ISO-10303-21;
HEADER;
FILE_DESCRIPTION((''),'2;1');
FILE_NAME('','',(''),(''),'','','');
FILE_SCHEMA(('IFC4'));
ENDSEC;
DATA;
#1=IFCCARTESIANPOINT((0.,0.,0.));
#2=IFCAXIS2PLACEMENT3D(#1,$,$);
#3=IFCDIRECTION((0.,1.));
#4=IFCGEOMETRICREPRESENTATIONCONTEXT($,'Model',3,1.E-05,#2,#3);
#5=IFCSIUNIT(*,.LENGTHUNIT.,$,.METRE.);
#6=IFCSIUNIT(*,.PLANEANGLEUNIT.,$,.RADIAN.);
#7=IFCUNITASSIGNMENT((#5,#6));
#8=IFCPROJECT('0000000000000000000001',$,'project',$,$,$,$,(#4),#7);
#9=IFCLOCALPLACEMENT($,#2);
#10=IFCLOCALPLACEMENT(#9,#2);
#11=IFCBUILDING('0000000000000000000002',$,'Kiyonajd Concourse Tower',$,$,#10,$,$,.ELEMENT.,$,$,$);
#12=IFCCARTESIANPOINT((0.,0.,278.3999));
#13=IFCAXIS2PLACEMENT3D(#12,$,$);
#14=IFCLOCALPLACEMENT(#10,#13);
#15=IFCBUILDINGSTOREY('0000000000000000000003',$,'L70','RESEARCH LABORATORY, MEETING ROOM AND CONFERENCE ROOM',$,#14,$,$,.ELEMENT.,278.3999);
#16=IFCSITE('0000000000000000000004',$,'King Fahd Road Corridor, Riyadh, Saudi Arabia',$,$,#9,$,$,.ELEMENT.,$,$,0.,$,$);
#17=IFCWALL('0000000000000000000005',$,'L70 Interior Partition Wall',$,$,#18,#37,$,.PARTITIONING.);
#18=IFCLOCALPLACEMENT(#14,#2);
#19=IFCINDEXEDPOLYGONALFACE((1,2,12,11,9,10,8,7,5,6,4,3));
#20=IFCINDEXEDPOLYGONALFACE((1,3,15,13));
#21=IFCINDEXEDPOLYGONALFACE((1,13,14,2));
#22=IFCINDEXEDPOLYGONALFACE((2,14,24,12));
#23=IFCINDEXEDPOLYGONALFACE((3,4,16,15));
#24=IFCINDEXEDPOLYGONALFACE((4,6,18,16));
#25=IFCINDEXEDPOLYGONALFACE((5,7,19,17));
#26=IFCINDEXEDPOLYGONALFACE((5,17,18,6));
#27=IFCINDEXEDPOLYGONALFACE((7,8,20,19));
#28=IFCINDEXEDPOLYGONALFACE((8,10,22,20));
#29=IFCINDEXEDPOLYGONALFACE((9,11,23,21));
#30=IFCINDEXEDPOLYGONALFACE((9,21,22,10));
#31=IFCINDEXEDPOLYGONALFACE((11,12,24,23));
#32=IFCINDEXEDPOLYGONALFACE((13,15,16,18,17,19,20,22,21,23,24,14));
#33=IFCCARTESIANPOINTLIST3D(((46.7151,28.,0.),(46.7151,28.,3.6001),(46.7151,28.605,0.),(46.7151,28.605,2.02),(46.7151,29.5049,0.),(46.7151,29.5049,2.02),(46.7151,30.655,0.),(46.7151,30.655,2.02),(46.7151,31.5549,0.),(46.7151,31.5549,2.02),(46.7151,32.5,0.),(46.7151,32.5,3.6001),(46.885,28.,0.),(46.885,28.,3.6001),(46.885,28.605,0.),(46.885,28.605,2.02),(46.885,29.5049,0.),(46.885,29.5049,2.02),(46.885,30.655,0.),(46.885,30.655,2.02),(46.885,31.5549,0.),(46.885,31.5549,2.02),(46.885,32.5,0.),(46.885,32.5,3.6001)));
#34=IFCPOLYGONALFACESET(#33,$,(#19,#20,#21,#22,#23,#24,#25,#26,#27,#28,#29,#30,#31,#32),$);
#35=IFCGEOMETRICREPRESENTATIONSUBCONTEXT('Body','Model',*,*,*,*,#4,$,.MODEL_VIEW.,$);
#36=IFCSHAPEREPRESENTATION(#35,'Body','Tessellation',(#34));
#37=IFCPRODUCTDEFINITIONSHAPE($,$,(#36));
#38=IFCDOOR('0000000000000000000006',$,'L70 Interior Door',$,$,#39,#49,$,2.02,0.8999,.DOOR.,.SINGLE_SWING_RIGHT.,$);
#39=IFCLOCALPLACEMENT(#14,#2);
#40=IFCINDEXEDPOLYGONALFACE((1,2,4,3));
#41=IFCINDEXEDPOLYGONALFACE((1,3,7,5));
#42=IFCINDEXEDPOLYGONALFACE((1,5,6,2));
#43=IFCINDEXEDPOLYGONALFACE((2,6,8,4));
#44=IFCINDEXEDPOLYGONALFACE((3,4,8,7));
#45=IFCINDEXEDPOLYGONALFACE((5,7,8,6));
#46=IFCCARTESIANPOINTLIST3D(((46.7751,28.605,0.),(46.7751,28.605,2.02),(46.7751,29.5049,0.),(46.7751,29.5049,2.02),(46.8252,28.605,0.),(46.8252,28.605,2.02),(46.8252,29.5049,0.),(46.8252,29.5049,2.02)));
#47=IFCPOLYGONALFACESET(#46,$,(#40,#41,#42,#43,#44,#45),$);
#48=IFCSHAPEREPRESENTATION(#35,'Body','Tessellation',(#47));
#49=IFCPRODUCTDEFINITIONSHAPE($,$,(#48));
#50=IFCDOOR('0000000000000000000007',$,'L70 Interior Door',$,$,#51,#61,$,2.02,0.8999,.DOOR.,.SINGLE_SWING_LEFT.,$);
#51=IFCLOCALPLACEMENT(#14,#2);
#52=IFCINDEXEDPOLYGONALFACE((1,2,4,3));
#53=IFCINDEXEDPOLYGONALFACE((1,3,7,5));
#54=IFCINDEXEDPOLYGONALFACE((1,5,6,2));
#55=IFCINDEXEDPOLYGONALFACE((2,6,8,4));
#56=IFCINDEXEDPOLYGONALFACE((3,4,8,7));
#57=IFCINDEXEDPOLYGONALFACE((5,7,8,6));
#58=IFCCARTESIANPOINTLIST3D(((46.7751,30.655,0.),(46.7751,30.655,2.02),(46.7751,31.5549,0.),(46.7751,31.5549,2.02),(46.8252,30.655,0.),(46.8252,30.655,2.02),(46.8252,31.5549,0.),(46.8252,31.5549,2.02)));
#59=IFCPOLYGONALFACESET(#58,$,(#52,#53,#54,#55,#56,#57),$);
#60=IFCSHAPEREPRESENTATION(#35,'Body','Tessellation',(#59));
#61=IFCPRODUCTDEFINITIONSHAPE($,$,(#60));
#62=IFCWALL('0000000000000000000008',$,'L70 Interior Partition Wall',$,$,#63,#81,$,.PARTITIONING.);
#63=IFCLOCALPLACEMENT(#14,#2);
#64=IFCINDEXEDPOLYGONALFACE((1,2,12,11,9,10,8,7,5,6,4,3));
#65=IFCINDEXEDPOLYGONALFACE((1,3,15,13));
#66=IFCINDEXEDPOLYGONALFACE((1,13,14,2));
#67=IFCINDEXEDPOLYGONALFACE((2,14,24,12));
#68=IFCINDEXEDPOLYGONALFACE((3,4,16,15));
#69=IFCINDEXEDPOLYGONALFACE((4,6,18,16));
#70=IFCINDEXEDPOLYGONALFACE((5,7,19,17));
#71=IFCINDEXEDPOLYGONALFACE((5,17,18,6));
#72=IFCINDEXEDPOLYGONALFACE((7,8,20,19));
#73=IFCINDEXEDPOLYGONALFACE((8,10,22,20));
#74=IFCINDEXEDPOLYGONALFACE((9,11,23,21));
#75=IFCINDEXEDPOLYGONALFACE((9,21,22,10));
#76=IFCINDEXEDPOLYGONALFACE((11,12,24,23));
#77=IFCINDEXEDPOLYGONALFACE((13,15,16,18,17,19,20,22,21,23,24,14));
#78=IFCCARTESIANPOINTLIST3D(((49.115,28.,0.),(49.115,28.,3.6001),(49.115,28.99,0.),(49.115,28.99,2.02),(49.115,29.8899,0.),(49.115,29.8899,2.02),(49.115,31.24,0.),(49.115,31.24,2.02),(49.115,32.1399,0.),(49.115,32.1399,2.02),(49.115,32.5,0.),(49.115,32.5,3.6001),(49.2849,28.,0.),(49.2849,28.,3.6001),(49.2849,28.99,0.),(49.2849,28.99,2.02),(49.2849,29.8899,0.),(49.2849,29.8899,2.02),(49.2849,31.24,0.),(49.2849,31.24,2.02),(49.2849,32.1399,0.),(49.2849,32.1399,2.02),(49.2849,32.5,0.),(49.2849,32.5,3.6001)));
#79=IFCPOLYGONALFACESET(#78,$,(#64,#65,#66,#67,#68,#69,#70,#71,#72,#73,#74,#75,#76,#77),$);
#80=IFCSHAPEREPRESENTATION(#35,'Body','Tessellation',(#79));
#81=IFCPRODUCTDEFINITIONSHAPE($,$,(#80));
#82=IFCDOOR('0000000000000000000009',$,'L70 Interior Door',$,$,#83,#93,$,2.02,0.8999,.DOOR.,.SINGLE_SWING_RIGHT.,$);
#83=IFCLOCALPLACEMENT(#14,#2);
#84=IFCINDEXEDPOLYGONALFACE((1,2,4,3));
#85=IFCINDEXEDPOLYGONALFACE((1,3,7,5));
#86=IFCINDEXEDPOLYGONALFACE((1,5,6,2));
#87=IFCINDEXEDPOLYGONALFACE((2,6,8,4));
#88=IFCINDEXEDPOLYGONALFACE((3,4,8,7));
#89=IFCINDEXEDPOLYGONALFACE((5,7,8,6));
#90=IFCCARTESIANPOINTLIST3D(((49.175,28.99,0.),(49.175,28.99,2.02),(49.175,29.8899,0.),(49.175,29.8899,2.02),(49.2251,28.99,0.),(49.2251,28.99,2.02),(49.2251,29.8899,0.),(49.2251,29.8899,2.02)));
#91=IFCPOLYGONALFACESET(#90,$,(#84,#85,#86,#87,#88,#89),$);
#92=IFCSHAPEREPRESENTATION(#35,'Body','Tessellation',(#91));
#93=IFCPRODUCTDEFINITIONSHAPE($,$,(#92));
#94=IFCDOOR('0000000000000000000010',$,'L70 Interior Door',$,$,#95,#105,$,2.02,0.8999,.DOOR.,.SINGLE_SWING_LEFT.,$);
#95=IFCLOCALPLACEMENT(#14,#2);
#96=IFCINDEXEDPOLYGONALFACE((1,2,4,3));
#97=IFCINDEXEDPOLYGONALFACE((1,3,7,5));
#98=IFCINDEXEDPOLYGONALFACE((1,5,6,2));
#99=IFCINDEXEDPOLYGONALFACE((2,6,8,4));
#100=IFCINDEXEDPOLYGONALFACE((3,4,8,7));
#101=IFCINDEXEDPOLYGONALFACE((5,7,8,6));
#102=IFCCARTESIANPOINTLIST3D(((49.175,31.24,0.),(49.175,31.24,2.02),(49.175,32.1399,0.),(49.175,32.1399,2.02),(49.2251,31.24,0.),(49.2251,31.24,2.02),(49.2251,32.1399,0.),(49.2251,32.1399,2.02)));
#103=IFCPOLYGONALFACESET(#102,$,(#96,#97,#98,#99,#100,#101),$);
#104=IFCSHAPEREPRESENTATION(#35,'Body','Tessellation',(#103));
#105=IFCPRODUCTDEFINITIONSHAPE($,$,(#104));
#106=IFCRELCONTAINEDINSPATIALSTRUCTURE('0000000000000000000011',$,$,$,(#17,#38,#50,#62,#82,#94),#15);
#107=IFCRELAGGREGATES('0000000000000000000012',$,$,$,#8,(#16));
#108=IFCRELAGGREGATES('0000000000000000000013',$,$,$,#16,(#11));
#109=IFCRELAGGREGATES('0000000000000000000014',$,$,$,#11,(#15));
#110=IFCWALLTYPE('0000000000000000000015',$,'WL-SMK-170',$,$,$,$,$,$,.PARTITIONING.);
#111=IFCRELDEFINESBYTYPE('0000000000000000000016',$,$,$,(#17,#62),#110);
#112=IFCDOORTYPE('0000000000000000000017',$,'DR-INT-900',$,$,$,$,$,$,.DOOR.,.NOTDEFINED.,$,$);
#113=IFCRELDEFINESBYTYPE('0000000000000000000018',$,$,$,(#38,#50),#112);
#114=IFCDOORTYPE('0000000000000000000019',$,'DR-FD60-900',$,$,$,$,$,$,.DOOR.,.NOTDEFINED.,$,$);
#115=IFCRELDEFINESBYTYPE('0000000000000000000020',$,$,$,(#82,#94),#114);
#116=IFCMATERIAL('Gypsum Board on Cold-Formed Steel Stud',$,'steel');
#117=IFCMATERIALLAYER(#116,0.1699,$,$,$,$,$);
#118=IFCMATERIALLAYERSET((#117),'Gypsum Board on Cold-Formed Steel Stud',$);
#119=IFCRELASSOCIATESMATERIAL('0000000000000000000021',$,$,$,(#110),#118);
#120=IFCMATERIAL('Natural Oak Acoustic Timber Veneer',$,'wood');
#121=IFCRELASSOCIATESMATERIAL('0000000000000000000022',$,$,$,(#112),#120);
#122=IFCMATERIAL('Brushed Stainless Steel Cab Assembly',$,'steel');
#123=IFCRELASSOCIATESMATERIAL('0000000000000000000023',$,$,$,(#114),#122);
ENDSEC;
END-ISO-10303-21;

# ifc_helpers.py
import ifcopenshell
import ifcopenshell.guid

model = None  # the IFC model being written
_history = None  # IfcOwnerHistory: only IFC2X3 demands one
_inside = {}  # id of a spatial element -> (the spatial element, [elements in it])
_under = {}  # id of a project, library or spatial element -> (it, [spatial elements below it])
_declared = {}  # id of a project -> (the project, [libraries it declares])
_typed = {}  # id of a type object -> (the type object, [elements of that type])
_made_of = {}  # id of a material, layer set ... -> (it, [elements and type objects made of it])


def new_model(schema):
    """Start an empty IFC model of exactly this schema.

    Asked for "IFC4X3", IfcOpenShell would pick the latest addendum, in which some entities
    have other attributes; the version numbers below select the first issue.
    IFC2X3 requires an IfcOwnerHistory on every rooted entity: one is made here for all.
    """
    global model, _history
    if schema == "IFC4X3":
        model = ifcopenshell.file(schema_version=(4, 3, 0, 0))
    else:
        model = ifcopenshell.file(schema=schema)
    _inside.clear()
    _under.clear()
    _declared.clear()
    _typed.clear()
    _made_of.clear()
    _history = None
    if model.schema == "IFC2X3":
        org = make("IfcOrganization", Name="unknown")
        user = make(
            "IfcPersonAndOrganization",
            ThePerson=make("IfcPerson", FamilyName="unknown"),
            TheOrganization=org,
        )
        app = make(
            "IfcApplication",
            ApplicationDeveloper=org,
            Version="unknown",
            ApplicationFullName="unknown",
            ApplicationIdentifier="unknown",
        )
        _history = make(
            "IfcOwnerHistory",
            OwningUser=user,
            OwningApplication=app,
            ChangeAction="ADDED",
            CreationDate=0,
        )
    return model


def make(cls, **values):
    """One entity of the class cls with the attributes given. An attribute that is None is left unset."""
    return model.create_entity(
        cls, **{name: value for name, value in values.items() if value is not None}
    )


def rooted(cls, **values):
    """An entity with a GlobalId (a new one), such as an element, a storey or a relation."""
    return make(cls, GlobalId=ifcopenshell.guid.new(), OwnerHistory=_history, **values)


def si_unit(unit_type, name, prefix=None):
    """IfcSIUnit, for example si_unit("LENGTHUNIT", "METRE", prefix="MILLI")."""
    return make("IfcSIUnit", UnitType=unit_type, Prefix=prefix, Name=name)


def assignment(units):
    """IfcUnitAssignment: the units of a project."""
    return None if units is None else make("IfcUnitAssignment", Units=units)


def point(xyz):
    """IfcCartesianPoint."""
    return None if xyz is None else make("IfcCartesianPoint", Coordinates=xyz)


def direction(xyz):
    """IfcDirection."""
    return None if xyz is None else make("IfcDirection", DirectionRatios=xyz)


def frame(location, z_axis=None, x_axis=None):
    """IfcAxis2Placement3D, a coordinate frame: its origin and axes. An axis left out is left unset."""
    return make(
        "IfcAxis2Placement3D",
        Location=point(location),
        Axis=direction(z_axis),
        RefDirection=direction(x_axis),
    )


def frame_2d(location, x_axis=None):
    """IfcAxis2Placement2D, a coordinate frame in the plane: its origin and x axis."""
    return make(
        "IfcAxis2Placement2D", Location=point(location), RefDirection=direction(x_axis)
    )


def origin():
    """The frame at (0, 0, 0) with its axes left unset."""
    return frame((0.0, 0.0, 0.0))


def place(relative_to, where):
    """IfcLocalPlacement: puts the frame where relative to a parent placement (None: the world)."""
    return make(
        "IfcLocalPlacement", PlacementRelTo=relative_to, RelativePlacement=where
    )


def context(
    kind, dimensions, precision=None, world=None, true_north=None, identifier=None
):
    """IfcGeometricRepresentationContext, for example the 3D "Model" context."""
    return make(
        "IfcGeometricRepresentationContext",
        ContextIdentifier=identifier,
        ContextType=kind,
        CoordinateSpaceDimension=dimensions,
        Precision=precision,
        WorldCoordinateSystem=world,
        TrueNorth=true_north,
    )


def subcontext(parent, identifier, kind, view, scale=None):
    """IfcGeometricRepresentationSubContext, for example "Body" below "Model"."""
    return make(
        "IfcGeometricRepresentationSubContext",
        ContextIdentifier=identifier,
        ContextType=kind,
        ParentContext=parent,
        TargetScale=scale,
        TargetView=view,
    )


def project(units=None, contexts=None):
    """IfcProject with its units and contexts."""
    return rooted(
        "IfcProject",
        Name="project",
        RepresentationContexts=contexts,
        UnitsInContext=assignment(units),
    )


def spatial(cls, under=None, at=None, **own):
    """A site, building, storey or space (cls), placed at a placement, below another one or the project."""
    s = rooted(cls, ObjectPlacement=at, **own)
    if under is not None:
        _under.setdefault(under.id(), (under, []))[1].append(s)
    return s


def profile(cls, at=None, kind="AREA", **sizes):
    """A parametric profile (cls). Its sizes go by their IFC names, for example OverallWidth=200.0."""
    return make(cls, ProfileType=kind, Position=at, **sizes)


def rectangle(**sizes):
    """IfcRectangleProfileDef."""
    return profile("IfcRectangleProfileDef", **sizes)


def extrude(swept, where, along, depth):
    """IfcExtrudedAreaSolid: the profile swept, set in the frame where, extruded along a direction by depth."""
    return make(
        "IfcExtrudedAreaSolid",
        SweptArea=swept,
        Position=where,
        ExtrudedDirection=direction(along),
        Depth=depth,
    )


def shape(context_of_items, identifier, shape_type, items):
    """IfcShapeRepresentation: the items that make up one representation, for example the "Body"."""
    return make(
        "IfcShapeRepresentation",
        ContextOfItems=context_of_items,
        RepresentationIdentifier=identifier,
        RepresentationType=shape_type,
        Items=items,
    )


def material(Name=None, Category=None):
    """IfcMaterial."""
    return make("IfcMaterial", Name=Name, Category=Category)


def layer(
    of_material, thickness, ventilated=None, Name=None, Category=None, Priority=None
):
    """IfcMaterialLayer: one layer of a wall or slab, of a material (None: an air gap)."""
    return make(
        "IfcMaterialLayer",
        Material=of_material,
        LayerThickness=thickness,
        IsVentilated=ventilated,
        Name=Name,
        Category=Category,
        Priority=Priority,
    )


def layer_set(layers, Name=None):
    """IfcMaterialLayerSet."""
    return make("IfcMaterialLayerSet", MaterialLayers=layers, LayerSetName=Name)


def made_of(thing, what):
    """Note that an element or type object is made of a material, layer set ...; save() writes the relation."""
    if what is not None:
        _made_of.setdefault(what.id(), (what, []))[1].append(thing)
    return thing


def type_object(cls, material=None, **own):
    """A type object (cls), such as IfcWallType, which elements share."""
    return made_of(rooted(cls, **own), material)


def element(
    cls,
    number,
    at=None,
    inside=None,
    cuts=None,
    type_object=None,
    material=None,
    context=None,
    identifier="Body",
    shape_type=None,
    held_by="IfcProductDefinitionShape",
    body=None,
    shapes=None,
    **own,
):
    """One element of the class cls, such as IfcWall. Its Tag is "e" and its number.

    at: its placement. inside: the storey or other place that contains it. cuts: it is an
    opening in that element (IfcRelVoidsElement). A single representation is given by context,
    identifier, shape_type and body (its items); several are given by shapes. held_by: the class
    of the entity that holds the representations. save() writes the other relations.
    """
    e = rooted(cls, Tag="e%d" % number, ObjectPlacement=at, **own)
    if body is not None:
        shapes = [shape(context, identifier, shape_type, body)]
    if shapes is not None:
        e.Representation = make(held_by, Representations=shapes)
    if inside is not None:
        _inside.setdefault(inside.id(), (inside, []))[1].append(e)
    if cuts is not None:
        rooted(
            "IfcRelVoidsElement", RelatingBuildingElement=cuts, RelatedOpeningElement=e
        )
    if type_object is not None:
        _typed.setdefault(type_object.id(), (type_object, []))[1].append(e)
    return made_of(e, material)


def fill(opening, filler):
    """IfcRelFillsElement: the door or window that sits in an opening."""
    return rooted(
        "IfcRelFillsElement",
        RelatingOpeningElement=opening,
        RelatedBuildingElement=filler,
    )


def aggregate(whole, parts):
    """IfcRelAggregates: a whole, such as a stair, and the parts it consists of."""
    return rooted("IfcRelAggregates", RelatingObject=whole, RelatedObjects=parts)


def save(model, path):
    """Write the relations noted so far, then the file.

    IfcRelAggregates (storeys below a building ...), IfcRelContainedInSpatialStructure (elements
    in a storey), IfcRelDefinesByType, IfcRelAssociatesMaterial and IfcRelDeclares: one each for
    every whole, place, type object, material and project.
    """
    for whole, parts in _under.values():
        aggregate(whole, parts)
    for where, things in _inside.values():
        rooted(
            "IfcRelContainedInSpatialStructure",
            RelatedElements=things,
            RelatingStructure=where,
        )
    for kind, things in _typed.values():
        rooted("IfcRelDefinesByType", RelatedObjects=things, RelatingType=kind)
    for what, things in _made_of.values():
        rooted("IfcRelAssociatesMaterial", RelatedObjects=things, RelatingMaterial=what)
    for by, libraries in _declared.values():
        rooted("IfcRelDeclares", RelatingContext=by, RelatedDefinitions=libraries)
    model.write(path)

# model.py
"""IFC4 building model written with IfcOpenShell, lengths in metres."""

from ifc_helpers import new_model, si_unit, direction, frame, frame_2d, origin, place, context, subcontext, project, spatial, rectangle, extrude, material, layer, layer_set, type_object, element, fill, save


model = new_model("IFC4")

# Units and contexts
model_context = context("Model", 3, precision=1e-05, world=origin(), true_north=direction((0.0, 1.0)))
body_context = subcontext(model_context, "Body", "Model", "MODEL_VIEW")
ifc_project = project(units=[si_unit("LENGTHUNIT", "METRE"), si_unit("PLANEANGLEUNIT", "RADIAN")], contexts=[model_context])

# Site, building, storey
site_placement = place(None, origin())
site = spatial("IfcSite", under=ifc_project, at=site_placement, Name="King Fahd Road Corridor, Riyadh, Saudi Arabia", CompositionType="ELEMENT", RefElevation=0.0)
building_placement = place(site_placement, origin())
building = spatial("IfcBuilding", under=site, at=building_placement, Name="Kiyonajd Concourse Tower", CompositionType="ELEMENT")
storey_placement = place(building_placement, frame((0.0, 0.0, 278.3999)))
storey = spatial("IfcBuildingStorey", under=building, at=storey_placement, Name="L70", Description="RESEARCH LABORATORY, MEETING ROOM AND CONFERENCE ROOM", CompositionType="ELEMENT", Elevation=278.3999)

# Shared definitions
ifc_material_1 = material(Name="Brushed Stainless Steel Cab Assembly", Category="steel")

# Walls, openings, doors
ifc_material_2 = material(Name="Gypsum Board on Cold-Formed Steel Stud", Category="steel")
ifc_layer_1 = layer(ifc_material_2, 0.1699)
ifc_layer_set_1 = layer_set([ifc_layer_1], Name="Gypsum Board on Cold-Formed Steel Stud")
wall_type_1 = type_object("IfcWallType", Name="WL-SMK-170", PredefinedType="PARTITIONING", material=ifc_layer_set_1)
wall_1_placement = place(storey_placement, frame((46.8, 28.0, 0.0), z_axis=(0.0, 0.0, 1.0), x_axis=(0.0, 1.0, 0.0)))
wall_1 = element("IfcWall", 1, at=wall_1_placement, inside=storey, type_object=wall_type_1, Name="L70 Interior Partition Wall", PredefinedType="PARTITIONING", context=body_context, shape_type="SweptSolid", body=[
    extrude(rectangle(XDim=4.5, YDim=0.1699, at=frame_2d((2.25, 0.0))), origin(), (0.0, 0.0, 1.0), 3.6001),
])
opening_1_placement = place(wall_1_placement, frame((0.605, 0.0, 0.0)))
opening_1 = element("IfcOpeningElement", 2, at=opening_1_placement, cuts=wall_1, PredefinedType="OPENING", context=body_context, shape_type="SweptSolid", body=[
    extrude(rectangle(XDim=0.8999, YDim=2.02, at=frame_2d((0.45, 1.01))), frame((0.0, 0.095, 0.0), z_axis=(0.0, -1.0, 0.0), x_axis=(1.0, 0.0, 0.0)), (0.0, 0.0, 1.0), 0.1899),
])
opening_2_placement = place(wall_1_placement, frame((2.655, 0.0, 0.0)))
opening_2 = element("IfcOpeningElement", 3, at=opening_2_placement, cuts=wall_1, PredefinedType="OPENING", context=body_context, shape_type="SweptSolid", body=[
    extrude(rectangle(XDim=0.8999, YDim=2.02, at=frame_2d((0.45, 1.01))), frame((0.0, 0.095, 0.0), z_axis=(0.0, -1.0, 0.0), x_axis=(1.0, 0.0, 0.0)), (0.0, 0.0, 1.0), 0.1899),
])
ifc_material_3 = material(Name="Natural Oak Acoustic Timber Veneer", Category="wood")
door_type_1 = type_object("IfcDoorType", Name="DR-INT-900", OperationType="NOTDEFINED", PredefinedType="DOOR", material=ifc_material_3)
door_1_placement = place(opening_1_placement, origin())
door_1 = element("IfcDoor", 4, at=door_1_placement, inside=storey, type_object=door_type_1, Name="L70 Interior Door", OperationType="SINGLE_SWING_RIGHT", OverallHeight=2.02, OverallWidth=0.8999, PredefinedType="DOOR", context=body_context, shape_type="SweptSolid", body=[
    extrude(rectangle(XDim=0.8999, YDim=2.02, at=frame_2d((0.45, 1.01))), frame((0.0, 0.0249, 0.0), z_axis=(0.0, -1.0, 0.0), x_axis=(1.0, 0.0, 0.0)), (0.0, 0.0, 1.0), 0.05),
])
fill(opening_1, door_1)
door_2_placement = place(opening_2_placement, origin())
door_2 = element("IfcDoor", 5, at=door_2_placement, inside=storey, type_object=door_type_1, Name="L70 Interior Door", OperationType="SINGLE_SWING_LEFT", OverallHeight=2.02, OverallWidth=0.8999, PredefinedType="DOOR", context=body_context, shape_type="SweptSolid", body=[
    extrude(rectangle(XDim=0.8999, YDim=2.02, at=frame_2d((0.45, 1.01))), frame((0.0, 0.0249, 0.0), z_axis=(0.0, -1.0, 0.0), x_axis=(1.0, 0.0, 0.0)), (0.0, 0.0, 1.0), 0.05),
])
fill(opening_2, door_2)
wall_2_placement = place(storey_placement, frame((49.2, 28.0, 0.0), z_axis=(0.0, 0.0, 1.0), x_axis=(0.0, 1.0, 0.0)))
wall_2 = element("IfcWall", 6, at=wall_2_placement, inside=storey, type_object=wall_type_1, Name="L70 Interior Partition Wall", PredefinedType="PARTITIONING", context=body_context, shape_type="SweptSolid", body=[
    extrude(rectangle(XDim=4.5, YDim=0.1699, at=frame_2d((2.25, 0.0))), origin(), (0.0, 0.0, 1.0), 3.6001),
])
opening_3_placement = place(wall_2_placement, frame((0.99, 0.0, 0.0)))
opening_3 = element("IfcOpeningElement", 7, at=opening_3_placement, cuts=wall_2, PredefinedType="OPENING", context=body_context, shape_type="SweptSolid", body=[
    extrude(rectangle(XDim=0.8999, YDim=2.02, at=frame_2d((0.45, 1.01))), frame((0.0, 0.095, 0.0), z_axis=(0.0, -1.0, 0.0), x_axis=(1.0, 0.0, 0.0)), (0.0, 0.0, 1.0), 0.1899),
])
opening_4_placement = place(wall_2_placement, frame((3.24, 0.0, 0.0)))
opening_4 = element("IfcOpeningElement", 8, at=opening_4_placement, cuts=wall_2, PredefinedType="OPENING", context=body_context, shape_type="SweptSolid", body=[
    extrude(rectangle(XDim=0.8999, YDim=2.02, at=frame_2d((0.45, 1.01))), frame((0.0, 0.095, 0.0), z_axis=(0.0, -1.0, 0.0), x_axis=(1.0, 0.0, 0.0)), (0.0, 0.0, 1.0), 0.1899),
])
door_type_2 = type_object("IfcDoorType", Name="DR-FD60-900", OperationType="NOTDEFINED", PredefinedType="DOOR", material=ifc_material_1)
door_3_placement = place(opening_3_placement, origin())
door_3 = element("IfcDoor", 9, at=door_3_placement, inside=storey, type_object=door_type_2, Name="L70 Interior Door", OperationType="SINGLE_SWING_RIGHT", OverallHeight=2.02, OverallWidth=0.8999, PredefinedType="DOOR", context=body_context, shape_type="SweptSolid", body=[
    extrude(rectangle(XDim=0.8999, YDim=2.02, at=frame_2d((0.45, 1.01))), frame((0.0, 0.0249, 0.0), z_axis=(0.0, -1.0, 0.0), x_axis=(1.0, 0.0, 0.0)), (0.0, 0.0, 1.0), 0.05),
])
fill(opening_3, door_3)
door_4_placement = place(opening_4_placement, origin())
door_4 = element("IfcDoor", 10, at=door_4_placement, inside=storey, type_object=door_type_2, Name="L70 Interior Door", OperationType="SINGLE_SWING_LEFT", OverallHeight=2.02, OverallWidth=0.8999, PredefinedType="DOOR", context=body_context, shape_type="SweptSolid", body=[
    extrude(rectangle(XDim=0.8999, YDim=2.02, at=frame_2d((0.45, 1.01))), frame((0.0, 0.0249, 0.0), z_axis=(0.0, -1.0, 0.0), x_axis=(1.0, 0.0, 0.0)), (0.0, 0.0, 1.0), 0.05),
])
fill(opening_4, door_4)

save(model, "model.ifc")
